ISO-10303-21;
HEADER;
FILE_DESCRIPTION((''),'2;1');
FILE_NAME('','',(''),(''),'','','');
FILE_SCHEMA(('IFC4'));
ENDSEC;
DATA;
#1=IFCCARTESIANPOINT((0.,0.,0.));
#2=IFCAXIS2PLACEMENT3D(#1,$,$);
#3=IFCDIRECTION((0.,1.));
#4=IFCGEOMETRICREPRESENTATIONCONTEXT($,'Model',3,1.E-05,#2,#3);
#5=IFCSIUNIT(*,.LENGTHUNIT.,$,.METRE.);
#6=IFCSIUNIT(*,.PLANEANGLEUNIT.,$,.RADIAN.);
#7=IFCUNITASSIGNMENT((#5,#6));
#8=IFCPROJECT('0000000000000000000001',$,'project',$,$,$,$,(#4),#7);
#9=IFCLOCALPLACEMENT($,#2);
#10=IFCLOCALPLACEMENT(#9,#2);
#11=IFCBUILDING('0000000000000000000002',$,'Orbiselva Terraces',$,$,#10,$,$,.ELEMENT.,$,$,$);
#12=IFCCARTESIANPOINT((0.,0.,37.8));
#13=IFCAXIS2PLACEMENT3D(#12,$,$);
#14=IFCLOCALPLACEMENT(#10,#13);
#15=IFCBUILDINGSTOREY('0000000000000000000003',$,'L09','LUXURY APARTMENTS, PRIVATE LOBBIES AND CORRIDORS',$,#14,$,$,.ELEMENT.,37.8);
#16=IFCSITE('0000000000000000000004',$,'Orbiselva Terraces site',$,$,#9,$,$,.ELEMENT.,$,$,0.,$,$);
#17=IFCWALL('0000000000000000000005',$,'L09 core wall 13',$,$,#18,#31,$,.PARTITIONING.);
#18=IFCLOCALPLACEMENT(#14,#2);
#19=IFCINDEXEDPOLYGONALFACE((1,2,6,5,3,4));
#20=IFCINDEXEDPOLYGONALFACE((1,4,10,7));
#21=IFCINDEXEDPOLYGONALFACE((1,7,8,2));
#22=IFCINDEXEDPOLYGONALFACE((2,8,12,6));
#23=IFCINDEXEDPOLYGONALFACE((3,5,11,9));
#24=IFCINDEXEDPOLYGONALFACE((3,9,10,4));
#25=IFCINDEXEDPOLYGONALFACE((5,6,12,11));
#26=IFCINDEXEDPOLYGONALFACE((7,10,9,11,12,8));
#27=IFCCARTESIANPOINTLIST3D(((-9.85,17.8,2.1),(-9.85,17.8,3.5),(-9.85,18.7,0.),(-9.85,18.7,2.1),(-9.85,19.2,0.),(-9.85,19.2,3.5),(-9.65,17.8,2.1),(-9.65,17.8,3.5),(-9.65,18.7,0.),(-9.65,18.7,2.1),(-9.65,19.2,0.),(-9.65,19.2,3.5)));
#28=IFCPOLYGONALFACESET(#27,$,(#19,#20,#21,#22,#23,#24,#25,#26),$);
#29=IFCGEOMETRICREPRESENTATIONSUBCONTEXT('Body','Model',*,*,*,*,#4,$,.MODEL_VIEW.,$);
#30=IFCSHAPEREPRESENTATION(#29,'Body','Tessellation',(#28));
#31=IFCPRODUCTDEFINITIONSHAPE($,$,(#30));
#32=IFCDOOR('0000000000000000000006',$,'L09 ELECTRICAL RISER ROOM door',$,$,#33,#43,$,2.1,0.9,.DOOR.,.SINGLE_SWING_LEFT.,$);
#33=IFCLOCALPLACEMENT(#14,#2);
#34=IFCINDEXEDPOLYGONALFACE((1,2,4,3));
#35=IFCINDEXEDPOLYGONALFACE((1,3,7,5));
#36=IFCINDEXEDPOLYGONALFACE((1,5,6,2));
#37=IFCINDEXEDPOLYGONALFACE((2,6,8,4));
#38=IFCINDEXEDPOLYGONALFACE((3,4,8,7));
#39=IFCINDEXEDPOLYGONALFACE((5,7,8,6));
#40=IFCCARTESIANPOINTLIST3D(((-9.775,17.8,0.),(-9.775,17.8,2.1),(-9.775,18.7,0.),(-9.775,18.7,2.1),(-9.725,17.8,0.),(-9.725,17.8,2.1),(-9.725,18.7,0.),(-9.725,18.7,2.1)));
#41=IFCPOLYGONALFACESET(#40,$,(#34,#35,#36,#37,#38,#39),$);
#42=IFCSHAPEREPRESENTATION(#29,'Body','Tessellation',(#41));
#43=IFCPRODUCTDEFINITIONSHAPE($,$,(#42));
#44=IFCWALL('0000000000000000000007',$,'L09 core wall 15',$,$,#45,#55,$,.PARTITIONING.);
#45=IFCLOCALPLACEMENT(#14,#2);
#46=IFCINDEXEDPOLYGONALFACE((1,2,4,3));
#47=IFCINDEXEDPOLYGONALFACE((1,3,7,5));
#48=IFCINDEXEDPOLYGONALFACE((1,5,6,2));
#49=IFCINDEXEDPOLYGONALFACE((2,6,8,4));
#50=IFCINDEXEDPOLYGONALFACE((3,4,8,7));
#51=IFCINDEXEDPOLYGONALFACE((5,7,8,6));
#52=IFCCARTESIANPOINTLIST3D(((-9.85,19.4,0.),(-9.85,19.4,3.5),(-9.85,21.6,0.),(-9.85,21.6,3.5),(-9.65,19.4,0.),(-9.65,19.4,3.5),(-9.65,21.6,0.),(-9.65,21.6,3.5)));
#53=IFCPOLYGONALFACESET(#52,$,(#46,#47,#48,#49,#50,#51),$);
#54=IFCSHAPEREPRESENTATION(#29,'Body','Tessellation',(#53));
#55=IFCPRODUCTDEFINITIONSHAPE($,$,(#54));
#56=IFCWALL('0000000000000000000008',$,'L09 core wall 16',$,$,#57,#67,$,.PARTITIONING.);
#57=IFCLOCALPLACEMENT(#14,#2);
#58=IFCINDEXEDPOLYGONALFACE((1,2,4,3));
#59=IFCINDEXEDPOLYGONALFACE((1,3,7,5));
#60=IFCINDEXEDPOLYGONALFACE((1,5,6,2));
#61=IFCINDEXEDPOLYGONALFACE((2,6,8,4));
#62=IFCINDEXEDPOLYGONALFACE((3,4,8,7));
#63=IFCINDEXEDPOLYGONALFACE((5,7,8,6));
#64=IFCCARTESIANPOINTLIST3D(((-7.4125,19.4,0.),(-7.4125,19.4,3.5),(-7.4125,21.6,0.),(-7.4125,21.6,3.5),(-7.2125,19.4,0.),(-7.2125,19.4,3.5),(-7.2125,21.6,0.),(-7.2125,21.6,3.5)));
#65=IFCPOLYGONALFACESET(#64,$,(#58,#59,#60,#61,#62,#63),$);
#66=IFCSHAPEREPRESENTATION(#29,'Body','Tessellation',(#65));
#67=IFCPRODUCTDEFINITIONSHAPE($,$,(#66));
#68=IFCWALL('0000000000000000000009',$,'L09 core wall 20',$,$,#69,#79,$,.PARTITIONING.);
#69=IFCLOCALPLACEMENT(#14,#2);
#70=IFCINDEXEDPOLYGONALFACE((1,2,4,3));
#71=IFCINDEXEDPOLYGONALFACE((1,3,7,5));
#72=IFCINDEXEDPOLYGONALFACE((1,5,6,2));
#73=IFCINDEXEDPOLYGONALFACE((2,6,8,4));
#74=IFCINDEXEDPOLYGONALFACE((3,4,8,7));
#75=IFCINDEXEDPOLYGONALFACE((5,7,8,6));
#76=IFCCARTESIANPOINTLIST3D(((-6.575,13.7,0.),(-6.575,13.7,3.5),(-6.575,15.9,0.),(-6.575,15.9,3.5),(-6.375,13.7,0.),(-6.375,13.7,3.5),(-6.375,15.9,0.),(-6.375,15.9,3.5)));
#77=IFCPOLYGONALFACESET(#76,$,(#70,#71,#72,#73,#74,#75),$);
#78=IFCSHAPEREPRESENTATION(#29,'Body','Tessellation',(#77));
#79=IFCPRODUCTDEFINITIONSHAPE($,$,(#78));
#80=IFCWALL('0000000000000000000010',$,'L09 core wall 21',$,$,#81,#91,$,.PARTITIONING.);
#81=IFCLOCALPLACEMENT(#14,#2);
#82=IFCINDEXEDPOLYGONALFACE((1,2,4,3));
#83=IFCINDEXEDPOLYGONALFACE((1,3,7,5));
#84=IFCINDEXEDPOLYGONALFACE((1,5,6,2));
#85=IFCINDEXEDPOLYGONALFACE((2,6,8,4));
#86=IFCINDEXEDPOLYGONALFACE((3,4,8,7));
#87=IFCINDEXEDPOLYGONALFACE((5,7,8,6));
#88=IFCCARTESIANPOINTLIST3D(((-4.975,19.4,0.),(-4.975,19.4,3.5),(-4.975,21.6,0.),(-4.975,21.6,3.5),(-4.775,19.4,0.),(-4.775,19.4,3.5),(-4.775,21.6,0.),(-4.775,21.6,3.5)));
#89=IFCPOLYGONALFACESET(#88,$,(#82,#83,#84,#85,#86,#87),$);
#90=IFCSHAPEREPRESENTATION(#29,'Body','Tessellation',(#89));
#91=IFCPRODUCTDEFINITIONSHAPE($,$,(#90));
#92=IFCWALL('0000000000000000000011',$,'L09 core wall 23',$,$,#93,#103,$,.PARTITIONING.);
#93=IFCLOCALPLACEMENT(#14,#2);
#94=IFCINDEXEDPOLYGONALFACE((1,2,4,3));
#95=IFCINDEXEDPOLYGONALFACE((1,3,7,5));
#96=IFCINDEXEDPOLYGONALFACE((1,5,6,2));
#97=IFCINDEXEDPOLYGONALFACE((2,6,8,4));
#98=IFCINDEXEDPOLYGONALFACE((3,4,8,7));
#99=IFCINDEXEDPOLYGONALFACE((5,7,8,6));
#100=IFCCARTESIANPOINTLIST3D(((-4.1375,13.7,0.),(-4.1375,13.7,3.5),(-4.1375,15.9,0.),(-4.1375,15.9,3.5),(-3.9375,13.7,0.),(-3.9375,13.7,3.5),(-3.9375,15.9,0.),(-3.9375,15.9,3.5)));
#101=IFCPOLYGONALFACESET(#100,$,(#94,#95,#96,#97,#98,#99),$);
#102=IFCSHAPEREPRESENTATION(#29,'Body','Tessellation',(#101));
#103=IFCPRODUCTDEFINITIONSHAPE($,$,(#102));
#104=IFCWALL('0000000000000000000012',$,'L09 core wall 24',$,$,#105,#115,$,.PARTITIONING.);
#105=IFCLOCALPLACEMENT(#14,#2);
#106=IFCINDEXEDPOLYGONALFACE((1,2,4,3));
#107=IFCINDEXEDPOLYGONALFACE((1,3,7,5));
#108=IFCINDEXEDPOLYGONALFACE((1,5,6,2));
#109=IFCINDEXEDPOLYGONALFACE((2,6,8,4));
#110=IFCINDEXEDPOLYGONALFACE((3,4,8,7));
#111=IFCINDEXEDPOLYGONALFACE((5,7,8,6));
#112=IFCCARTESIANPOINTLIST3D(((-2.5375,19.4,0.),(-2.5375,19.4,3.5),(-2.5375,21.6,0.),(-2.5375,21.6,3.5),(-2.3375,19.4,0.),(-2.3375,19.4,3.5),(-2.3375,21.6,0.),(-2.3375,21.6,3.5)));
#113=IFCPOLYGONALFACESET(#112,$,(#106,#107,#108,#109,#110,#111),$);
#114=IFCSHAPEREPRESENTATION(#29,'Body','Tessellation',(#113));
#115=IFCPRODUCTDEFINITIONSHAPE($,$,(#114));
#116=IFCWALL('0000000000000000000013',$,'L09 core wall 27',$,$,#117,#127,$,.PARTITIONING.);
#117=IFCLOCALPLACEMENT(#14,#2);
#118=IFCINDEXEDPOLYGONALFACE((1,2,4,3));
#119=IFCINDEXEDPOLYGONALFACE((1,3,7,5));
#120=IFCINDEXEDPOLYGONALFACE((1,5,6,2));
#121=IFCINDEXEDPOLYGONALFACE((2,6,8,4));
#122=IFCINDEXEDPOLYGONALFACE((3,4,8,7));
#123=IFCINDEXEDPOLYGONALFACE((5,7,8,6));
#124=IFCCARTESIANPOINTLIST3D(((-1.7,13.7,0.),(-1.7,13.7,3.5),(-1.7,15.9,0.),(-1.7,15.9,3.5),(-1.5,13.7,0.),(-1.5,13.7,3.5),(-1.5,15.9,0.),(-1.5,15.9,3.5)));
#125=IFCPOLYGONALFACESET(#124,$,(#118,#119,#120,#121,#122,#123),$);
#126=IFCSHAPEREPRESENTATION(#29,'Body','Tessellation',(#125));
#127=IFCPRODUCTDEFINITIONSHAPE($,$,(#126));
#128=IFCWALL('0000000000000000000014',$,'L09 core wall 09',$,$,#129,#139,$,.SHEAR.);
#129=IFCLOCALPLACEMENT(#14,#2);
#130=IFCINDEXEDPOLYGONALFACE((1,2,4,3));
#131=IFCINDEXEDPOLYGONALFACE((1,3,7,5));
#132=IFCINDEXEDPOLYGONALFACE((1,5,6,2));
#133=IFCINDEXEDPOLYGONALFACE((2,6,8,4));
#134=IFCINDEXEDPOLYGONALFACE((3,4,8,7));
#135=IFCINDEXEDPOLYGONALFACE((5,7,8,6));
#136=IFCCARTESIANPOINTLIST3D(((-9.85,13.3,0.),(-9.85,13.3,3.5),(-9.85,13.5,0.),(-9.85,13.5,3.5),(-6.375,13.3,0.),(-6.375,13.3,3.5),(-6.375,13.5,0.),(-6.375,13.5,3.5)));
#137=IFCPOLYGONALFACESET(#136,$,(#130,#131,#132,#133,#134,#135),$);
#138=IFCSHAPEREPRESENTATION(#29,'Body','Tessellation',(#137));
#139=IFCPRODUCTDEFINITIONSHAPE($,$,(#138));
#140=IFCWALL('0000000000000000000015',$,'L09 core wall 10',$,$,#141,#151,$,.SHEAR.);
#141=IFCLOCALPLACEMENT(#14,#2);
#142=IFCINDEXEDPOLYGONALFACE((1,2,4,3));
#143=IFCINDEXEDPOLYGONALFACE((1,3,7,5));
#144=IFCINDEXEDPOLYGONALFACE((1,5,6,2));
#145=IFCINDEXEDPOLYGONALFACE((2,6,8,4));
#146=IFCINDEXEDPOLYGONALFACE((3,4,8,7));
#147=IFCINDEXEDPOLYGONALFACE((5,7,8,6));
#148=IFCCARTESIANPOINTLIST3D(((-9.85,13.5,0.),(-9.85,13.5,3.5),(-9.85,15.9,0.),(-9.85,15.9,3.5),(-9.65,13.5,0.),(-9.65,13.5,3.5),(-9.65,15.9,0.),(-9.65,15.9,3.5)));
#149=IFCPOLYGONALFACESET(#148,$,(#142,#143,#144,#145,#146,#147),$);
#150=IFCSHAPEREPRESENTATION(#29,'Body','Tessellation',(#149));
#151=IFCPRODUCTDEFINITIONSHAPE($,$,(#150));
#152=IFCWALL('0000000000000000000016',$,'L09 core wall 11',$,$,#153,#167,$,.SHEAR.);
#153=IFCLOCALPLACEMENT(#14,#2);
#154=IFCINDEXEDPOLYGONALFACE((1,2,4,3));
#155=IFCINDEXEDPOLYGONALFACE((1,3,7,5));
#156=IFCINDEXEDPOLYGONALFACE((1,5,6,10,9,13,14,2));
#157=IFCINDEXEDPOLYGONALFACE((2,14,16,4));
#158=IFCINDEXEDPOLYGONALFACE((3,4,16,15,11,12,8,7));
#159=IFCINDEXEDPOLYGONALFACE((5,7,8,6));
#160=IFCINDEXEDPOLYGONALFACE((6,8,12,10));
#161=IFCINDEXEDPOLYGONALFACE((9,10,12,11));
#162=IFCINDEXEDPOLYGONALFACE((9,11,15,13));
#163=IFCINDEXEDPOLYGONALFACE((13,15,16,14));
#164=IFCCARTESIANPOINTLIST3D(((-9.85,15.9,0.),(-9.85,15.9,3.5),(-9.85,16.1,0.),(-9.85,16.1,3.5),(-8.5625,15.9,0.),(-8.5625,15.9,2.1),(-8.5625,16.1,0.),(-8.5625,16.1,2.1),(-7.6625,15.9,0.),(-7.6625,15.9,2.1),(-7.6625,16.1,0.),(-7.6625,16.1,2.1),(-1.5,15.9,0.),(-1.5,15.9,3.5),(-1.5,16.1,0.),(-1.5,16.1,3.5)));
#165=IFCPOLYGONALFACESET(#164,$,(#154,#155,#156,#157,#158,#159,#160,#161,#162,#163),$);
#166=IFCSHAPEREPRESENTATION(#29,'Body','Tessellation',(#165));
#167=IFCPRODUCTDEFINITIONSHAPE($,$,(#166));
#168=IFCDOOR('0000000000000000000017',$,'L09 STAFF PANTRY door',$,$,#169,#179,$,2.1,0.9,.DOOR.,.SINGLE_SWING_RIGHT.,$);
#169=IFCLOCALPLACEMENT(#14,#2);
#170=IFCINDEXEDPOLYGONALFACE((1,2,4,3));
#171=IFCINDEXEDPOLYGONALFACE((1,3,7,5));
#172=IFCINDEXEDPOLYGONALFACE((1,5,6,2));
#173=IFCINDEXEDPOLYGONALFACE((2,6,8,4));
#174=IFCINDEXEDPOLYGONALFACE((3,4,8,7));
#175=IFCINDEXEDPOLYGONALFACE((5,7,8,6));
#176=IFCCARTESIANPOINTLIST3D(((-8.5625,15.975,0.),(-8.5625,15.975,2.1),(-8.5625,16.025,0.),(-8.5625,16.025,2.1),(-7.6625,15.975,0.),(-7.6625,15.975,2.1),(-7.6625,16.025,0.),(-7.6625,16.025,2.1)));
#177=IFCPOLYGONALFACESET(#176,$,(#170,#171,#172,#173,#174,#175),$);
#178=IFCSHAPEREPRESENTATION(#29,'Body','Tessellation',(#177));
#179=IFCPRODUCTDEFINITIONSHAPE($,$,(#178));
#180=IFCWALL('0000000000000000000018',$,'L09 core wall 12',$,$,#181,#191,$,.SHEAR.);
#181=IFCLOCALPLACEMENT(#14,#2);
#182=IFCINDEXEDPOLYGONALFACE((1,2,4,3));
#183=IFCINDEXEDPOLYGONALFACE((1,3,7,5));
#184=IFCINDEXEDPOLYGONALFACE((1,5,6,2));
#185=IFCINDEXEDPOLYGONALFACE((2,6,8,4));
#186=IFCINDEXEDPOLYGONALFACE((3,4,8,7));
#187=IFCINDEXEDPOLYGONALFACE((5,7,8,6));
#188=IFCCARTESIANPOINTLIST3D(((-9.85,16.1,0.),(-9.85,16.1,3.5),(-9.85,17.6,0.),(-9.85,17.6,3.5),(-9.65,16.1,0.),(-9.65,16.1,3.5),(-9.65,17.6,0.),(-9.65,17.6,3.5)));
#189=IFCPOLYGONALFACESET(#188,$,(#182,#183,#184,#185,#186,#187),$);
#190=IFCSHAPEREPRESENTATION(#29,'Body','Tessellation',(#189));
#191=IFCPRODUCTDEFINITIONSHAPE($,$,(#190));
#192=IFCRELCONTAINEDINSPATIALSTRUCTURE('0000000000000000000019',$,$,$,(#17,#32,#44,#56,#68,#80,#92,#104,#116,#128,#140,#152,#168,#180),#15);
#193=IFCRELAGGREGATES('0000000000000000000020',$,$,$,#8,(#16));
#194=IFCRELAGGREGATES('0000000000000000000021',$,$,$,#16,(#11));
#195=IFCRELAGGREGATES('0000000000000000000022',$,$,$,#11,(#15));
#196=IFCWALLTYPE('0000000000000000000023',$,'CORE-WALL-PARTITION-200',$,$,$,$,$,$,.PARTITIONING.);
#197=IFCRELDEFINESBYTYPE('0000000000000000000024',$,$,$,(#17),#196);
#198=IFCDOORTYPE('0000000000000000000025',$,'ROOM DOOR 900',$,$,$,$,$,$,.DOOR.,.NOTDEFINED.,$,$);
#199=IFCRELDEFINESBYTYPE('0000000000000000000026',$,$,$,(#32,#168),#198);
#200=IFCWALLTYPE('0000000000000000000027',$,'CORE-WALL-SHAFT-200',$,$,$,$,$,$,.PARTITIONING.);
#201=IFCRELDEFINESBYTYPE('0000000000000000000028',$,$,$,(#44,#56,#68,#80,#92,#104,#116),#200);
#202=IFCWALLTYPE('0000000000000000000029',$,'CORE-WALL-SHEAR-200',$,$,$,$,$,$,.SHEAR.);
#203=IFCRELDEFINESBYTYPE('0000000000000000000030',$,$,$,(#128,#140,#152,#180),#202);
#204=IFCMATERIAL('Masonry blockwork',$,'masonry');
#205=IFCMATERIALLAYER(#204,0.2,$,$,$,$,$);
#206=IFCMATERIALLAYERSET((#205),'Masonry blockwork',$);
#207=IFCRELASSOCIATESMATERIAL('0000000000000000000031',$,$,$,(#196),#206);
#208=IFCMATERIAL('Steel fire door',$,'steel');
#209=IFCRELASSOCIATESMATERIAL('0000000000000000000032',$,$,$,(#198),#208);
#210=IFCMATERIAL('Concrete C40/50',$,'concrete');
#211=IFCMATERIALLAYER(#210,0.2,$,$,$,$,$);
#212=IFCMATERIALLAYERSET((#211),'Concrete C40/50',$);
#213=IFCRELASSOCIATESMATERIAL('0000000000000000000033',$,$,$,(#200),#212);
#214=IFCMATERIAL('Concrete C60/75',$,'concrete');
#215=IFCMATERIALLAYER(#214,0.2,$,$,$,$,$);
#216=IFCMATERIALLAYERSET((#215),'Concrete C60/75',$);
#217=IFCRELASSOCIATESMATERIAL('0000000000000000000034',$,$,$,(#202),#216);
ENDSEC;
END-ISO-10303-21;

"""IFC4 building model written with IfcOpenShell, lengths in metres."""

from ifc_helpers import new_model, si_unit, direction, frame, frame_2d, origin, place, context, subcontext, project, spatial, rectangle, extrude, material, layer, layer_set, type_object, element, fill, save


model = new_model("IFC4")

# Units and contexts
model_context = context("Model", 3, precision=1e-05, world=origin(), true_north=direction((0.0, 1.0)))
body_context = subcontext(model_context, "Body", "Model", "MODEL_VIEW")
ifc_project = project(units=[si_unit("LENGTHUNIT", "METRE"), si_unit("PLANEANGLEUNIT", "RADIAN")], contexts=[model_context])

# Site, building, storey
site_placement = place(None, origin())
site = spatial("IfcSite", under=ifc_project, at=site_placement, Name="Orbiselva Terraces site", CompositionType="ELEMENT", RefElevation=0.0)
building_placement = place(site_placement, origin())
building = spatial("IfcBuilding", under=site, at=building_placement, Name="Orbiselva Terraces", CompositionType="ELEMENT")
storey_placement = place(building_placement, frame((0.0, 0.0, 37.8)))
storey = spatial("IfcBuildingStorey", under=building, at=storey_placement, Name="L09", Description="LUXURY APARTMENTS, PRIVATE LOBBIES AND CORRIDORS", CompositionType="ELEMENT", Elevation=37.8)

# Wall, opening, door
ifc_material_1 = material(Name="Masonry blockwork", Category="masonry")
ifc_layer_1 = layer(ifc_material_1, 0.2)
ifc_layer_set_1 = layer_set([ifc_layer_1], Name="Masonry blockwork")
wall_type_1 = type_object("IfcWallType", Name="CORE-WALL-PARTITION-200", PredefinedType="PARTITIONING", material=ifc_layer_set_1)
wall_1_placement = place(storey_placement, frame((-9.75, 17.8, 0.0), z_axis=(0.0, 0.0, 1.0), x_axis=(0.0, 1.0, 0.0)))
wall_1 = element("IfcWall", 1, at=wall_1_placement, inside=storey, type_object=wall_type_1, Name="L09 core wall 13", PredefinedType="PARTITIONING", context=body_context, shape_type="SweptSolid", body=[
    extrude(rectangle(XDim=1.4, YDim=0.2, at=frame_2d((0.7, 0.0))), origin(), (0.0, 0.0, 1.0), 3.5),
])
opening_1_placement = place(wall_1_placement, origin())
opening_1 = element("IfcOpeningElement", 2, at=opening_1_placement, cuts=wall_1, PredefinedType="OPENING", context=body_context, shape_type="SweptSolid", body=[
    extrude(rectangle(XDim=0.9, YDim=2.1, at=frame_2d((0.45, 1.05))), frame((0.0, 0.11, 0.0), z_axis=(0.0, -1.0, 0.0), x_axis=(1.0, 0.0, 0.0)), (0.0, 0.0, 1.0), 0.22),
])
ifc_material_2 = material(Name="Steel fire door", Category="steel")
door_type_1 = type_object("IfcDoorType", Name="ROOM DOOR 900", OperationType="NOTDEFINED", PredefinedType="DOOR", material=ifc_material_2)
door_1_placement = place(opening_1_placement, origin())
door_1 = element("IfcDoor", 3, at=door_1_placement, inside=storey, type_object=door_type_1, Name="L09 ELECTRICAL RISER ROOM door", OperationType="SINGLE_SWING_LEFT", OverallHeight=2.1, OverallWidth=0.9, PredefinedType="DOOR", context=body_context, shape_type="SweptSolid", body=[
    extrude(rectangle(XDim=0.9, YDim=2.1, at=frame_2d((0.45, 1.05))), frame((0.0, 0.025, 0.0), z_axis=(0.0, -1.0, 0.0), x_axis=(1.0, 0.0, 0.0)), (0.0, 0.0, 1.0), 0.05),
])
fill(opening_1, door_1)

# Walls
ifc_material_3 = material(Name="Concrete C40/50", Category="concrete")
ifc_layer_2 = layer(ifc_material_3, 0.2)
ifc_layer_set_2 = layer_set([ifc_layer_2], Name="Concrete C40/50")
wall_type_2 = type_object("IfcWallType", Name="CORE-WALL-SHAFT-200", PredefinedType="PARTITIONING", material=ifc_layer_set_2)
for number, where, z_axis, x_axis, name in (
    (4, (-9.75, 19.4, 0.0), (0.0, 0.0, 1.0), (0.0, 1.0, 0.0), "L09 core wall 15"),
    (5, (-7.3125, 19.4, 0.0), (0.0, 0.0, 1.0), (0.0, 1.0, 0.0), "L09 core wall 16"),
    (6, (-6.475, 13.7, 0.0), (0.0, 0.0, 1.0), (0.0, 1.0, 0.0), "L09 core wall 20"),
    (7, (-4.875, 19.4, 0.0), (0.0, 0.0, 1.0), (0.0, 1.0, 0.0), "L09 core wall 21"),
    (8, (-4.0375, 13.7, 0.0), (0.0, 0.0, 1.0), (0.0, 1.0, 0.0), "L09 core wall 23"),
    (9, (-2.4375, 19.4, 0.0), (0.0, 0.0, 1.0), (0.0, 1.0, 0.0), "L09 core wall 24"),
    (10, (-1.6, 13.7, 0.0), (0.0, 0.0, 1.0), (0.0, 1.0, 0.0), "L09 core wall 27"),
):
    element("IfcWall", number, at=place(storey_placement, frame(where, z_axis=z_axis, x_axis=x_axis)), inside=storey, type_object=wall_type_2, Name=name, PredefinedType="PARTITIONING", context=body_context, shape_type="SweptSolid", body=[
        extrude(rectangle(XDim=2.2, YDim=0.2, at=frame_2d((1.1, 0.0))), origin(), (0.0, 0.0, 1.0), 3.5),
    ])
ifc_material_4 = material(Name="Concrete C60/75", Category="concrete")
ifc_layer_3 = layer(ifc_material_4, 0.2)
ifc_layer_set_3 = layer_set([ifc_layer_3], Name="Concrete C60/75")
wall_type_3 = type_object("IfcWallType", Name="CORE-WALL-SHEAR-200", PredefinedType="SHEAR", material=ifc_layer_set_3)
wall_2_placement = place(storey_placement, frame((-9.85, 13.4, 0.0), z_axis=(0.0, 0.0, 1.0), x_axis=(1.0, 0.0, 0.0)))
element("IfcWall", 11, at=wall_2_placement, inside=storey, type_object=wall_type_3, Name="L09 core wall 09", PredefinedType="SHEAR", context=body_context, shape_type="SweptSolid", body=[
    extrude(rectangle(XDim=3.475, YDim=0.2, at=frame_2d((1.7375, 0.0))), origin(), (0.0, 0.0, 1.0), 3.5),
])
wall_3_placement = place(storey_placement, frame((-9.75, 13.5, 0.0), z_axis=(0.0, 0.0, 1.0), x_axis=(0.0, 1.0, 0.0)))
element("IfcWall", 12, at=wall_3_placement, inside=storey, type_object=wall_type_3, Name="L09 core wall 10", PredefinedType="SHEAR", context=body_context, shape_type="SweptSolid", body=[
    extrude(rectangle(XDim=2.4, YDim=0.2, at=frame_2d((1.2, 0.0))), origin(), (0.0, 0.0, 1.0), 3.5),
])

# Wall, opening, door
wall_4_placement = place(storey_placement, frame((-1.5, 16.0, 0.0), z_axis=(0.0, 0.0, 1.0), x_axis=(-1.0, 0.0, 0.0)))
wall_4 = element("IfcWall", 13, at=wall_4_placement, inside=storey, type_object=wall_type_3, Name="L09 core wall 11", PredefinedType="SHEAR", context=body_context, shape_type="SweptSolid", body=[
    extrude(rectangle(XDim=8.35, YDim=0.2, at=frame_2d((4.175, 0.0))), origin(), (0.0, 0.0, 1.0), 3.5),
])
opening_2_placement = place(wall_4_placement, frame((6.1625, 0.0, 0.0)))
opening_2 = element("IfcOpeningElement", 14, at=opening_2_placement, cuts=wall_4, PredefinedType="OPENING", context=body_context, shape_type="SweptSolid", body=[
    extrude(rectangle(XDim=0.9, YDim=2.1, at=frame_2d((0.45, 1.05))), frame((0.0, 0.11, 0.0), z_axis=(0.0, -1.0, 0.0), x_axis=(1.0, 0.0, 0.0)), (0.0, 0.0, 1.0), 0.22),
])
door_2_placement = place(opening_2_placement, origin())
door_2 = element("IfcDoor", 15, at=door_2_placement, inside=storey, type_object=door_type_1, Name="L09 STAFF PANTRY door", OperationType="SINGLE_SWING_RIGHT", OverallHeight=2.1, OverallWidth=0.9, PredefinedType="DOOR", context=body_context, shape_type="SweptSolid", body=[
    extrude(rectangle(XDim=0.9, YDim=2.1, at=frame_2d((0.45, 1.05))), frame((0.0, 0.025, 0.0), z_axis=(0.0, -1.0, 0.0), x_axis=(1.0, 0.0, 0.0)), (0.0, 0.0, 1.0), 0.05),
])
fill(opening_2, door_2)

# Wall
wall_5_placement = place(storey_placement, frame((-9.75, 16.1, 0.0), z_axis=(0.0, 0.0, 1.0), x_axis=(0.0, 1.0, 0.0)))
element("IfcWall", 16, at=wall_5_placement, inside=storey, type_object=wall_type_3, Name="L09 core wall 12", PredefinedType="SHEAR", context=body_context, shape_type="SweptSolid", body=[
    extrude(rectangle(XDim=1.5, YDim=0.2, at=frame_2d((0.75, 0.0))), origin(), (0.0, 0.0, 1.0), 3.5),
])

save(model, "model.ifc")
